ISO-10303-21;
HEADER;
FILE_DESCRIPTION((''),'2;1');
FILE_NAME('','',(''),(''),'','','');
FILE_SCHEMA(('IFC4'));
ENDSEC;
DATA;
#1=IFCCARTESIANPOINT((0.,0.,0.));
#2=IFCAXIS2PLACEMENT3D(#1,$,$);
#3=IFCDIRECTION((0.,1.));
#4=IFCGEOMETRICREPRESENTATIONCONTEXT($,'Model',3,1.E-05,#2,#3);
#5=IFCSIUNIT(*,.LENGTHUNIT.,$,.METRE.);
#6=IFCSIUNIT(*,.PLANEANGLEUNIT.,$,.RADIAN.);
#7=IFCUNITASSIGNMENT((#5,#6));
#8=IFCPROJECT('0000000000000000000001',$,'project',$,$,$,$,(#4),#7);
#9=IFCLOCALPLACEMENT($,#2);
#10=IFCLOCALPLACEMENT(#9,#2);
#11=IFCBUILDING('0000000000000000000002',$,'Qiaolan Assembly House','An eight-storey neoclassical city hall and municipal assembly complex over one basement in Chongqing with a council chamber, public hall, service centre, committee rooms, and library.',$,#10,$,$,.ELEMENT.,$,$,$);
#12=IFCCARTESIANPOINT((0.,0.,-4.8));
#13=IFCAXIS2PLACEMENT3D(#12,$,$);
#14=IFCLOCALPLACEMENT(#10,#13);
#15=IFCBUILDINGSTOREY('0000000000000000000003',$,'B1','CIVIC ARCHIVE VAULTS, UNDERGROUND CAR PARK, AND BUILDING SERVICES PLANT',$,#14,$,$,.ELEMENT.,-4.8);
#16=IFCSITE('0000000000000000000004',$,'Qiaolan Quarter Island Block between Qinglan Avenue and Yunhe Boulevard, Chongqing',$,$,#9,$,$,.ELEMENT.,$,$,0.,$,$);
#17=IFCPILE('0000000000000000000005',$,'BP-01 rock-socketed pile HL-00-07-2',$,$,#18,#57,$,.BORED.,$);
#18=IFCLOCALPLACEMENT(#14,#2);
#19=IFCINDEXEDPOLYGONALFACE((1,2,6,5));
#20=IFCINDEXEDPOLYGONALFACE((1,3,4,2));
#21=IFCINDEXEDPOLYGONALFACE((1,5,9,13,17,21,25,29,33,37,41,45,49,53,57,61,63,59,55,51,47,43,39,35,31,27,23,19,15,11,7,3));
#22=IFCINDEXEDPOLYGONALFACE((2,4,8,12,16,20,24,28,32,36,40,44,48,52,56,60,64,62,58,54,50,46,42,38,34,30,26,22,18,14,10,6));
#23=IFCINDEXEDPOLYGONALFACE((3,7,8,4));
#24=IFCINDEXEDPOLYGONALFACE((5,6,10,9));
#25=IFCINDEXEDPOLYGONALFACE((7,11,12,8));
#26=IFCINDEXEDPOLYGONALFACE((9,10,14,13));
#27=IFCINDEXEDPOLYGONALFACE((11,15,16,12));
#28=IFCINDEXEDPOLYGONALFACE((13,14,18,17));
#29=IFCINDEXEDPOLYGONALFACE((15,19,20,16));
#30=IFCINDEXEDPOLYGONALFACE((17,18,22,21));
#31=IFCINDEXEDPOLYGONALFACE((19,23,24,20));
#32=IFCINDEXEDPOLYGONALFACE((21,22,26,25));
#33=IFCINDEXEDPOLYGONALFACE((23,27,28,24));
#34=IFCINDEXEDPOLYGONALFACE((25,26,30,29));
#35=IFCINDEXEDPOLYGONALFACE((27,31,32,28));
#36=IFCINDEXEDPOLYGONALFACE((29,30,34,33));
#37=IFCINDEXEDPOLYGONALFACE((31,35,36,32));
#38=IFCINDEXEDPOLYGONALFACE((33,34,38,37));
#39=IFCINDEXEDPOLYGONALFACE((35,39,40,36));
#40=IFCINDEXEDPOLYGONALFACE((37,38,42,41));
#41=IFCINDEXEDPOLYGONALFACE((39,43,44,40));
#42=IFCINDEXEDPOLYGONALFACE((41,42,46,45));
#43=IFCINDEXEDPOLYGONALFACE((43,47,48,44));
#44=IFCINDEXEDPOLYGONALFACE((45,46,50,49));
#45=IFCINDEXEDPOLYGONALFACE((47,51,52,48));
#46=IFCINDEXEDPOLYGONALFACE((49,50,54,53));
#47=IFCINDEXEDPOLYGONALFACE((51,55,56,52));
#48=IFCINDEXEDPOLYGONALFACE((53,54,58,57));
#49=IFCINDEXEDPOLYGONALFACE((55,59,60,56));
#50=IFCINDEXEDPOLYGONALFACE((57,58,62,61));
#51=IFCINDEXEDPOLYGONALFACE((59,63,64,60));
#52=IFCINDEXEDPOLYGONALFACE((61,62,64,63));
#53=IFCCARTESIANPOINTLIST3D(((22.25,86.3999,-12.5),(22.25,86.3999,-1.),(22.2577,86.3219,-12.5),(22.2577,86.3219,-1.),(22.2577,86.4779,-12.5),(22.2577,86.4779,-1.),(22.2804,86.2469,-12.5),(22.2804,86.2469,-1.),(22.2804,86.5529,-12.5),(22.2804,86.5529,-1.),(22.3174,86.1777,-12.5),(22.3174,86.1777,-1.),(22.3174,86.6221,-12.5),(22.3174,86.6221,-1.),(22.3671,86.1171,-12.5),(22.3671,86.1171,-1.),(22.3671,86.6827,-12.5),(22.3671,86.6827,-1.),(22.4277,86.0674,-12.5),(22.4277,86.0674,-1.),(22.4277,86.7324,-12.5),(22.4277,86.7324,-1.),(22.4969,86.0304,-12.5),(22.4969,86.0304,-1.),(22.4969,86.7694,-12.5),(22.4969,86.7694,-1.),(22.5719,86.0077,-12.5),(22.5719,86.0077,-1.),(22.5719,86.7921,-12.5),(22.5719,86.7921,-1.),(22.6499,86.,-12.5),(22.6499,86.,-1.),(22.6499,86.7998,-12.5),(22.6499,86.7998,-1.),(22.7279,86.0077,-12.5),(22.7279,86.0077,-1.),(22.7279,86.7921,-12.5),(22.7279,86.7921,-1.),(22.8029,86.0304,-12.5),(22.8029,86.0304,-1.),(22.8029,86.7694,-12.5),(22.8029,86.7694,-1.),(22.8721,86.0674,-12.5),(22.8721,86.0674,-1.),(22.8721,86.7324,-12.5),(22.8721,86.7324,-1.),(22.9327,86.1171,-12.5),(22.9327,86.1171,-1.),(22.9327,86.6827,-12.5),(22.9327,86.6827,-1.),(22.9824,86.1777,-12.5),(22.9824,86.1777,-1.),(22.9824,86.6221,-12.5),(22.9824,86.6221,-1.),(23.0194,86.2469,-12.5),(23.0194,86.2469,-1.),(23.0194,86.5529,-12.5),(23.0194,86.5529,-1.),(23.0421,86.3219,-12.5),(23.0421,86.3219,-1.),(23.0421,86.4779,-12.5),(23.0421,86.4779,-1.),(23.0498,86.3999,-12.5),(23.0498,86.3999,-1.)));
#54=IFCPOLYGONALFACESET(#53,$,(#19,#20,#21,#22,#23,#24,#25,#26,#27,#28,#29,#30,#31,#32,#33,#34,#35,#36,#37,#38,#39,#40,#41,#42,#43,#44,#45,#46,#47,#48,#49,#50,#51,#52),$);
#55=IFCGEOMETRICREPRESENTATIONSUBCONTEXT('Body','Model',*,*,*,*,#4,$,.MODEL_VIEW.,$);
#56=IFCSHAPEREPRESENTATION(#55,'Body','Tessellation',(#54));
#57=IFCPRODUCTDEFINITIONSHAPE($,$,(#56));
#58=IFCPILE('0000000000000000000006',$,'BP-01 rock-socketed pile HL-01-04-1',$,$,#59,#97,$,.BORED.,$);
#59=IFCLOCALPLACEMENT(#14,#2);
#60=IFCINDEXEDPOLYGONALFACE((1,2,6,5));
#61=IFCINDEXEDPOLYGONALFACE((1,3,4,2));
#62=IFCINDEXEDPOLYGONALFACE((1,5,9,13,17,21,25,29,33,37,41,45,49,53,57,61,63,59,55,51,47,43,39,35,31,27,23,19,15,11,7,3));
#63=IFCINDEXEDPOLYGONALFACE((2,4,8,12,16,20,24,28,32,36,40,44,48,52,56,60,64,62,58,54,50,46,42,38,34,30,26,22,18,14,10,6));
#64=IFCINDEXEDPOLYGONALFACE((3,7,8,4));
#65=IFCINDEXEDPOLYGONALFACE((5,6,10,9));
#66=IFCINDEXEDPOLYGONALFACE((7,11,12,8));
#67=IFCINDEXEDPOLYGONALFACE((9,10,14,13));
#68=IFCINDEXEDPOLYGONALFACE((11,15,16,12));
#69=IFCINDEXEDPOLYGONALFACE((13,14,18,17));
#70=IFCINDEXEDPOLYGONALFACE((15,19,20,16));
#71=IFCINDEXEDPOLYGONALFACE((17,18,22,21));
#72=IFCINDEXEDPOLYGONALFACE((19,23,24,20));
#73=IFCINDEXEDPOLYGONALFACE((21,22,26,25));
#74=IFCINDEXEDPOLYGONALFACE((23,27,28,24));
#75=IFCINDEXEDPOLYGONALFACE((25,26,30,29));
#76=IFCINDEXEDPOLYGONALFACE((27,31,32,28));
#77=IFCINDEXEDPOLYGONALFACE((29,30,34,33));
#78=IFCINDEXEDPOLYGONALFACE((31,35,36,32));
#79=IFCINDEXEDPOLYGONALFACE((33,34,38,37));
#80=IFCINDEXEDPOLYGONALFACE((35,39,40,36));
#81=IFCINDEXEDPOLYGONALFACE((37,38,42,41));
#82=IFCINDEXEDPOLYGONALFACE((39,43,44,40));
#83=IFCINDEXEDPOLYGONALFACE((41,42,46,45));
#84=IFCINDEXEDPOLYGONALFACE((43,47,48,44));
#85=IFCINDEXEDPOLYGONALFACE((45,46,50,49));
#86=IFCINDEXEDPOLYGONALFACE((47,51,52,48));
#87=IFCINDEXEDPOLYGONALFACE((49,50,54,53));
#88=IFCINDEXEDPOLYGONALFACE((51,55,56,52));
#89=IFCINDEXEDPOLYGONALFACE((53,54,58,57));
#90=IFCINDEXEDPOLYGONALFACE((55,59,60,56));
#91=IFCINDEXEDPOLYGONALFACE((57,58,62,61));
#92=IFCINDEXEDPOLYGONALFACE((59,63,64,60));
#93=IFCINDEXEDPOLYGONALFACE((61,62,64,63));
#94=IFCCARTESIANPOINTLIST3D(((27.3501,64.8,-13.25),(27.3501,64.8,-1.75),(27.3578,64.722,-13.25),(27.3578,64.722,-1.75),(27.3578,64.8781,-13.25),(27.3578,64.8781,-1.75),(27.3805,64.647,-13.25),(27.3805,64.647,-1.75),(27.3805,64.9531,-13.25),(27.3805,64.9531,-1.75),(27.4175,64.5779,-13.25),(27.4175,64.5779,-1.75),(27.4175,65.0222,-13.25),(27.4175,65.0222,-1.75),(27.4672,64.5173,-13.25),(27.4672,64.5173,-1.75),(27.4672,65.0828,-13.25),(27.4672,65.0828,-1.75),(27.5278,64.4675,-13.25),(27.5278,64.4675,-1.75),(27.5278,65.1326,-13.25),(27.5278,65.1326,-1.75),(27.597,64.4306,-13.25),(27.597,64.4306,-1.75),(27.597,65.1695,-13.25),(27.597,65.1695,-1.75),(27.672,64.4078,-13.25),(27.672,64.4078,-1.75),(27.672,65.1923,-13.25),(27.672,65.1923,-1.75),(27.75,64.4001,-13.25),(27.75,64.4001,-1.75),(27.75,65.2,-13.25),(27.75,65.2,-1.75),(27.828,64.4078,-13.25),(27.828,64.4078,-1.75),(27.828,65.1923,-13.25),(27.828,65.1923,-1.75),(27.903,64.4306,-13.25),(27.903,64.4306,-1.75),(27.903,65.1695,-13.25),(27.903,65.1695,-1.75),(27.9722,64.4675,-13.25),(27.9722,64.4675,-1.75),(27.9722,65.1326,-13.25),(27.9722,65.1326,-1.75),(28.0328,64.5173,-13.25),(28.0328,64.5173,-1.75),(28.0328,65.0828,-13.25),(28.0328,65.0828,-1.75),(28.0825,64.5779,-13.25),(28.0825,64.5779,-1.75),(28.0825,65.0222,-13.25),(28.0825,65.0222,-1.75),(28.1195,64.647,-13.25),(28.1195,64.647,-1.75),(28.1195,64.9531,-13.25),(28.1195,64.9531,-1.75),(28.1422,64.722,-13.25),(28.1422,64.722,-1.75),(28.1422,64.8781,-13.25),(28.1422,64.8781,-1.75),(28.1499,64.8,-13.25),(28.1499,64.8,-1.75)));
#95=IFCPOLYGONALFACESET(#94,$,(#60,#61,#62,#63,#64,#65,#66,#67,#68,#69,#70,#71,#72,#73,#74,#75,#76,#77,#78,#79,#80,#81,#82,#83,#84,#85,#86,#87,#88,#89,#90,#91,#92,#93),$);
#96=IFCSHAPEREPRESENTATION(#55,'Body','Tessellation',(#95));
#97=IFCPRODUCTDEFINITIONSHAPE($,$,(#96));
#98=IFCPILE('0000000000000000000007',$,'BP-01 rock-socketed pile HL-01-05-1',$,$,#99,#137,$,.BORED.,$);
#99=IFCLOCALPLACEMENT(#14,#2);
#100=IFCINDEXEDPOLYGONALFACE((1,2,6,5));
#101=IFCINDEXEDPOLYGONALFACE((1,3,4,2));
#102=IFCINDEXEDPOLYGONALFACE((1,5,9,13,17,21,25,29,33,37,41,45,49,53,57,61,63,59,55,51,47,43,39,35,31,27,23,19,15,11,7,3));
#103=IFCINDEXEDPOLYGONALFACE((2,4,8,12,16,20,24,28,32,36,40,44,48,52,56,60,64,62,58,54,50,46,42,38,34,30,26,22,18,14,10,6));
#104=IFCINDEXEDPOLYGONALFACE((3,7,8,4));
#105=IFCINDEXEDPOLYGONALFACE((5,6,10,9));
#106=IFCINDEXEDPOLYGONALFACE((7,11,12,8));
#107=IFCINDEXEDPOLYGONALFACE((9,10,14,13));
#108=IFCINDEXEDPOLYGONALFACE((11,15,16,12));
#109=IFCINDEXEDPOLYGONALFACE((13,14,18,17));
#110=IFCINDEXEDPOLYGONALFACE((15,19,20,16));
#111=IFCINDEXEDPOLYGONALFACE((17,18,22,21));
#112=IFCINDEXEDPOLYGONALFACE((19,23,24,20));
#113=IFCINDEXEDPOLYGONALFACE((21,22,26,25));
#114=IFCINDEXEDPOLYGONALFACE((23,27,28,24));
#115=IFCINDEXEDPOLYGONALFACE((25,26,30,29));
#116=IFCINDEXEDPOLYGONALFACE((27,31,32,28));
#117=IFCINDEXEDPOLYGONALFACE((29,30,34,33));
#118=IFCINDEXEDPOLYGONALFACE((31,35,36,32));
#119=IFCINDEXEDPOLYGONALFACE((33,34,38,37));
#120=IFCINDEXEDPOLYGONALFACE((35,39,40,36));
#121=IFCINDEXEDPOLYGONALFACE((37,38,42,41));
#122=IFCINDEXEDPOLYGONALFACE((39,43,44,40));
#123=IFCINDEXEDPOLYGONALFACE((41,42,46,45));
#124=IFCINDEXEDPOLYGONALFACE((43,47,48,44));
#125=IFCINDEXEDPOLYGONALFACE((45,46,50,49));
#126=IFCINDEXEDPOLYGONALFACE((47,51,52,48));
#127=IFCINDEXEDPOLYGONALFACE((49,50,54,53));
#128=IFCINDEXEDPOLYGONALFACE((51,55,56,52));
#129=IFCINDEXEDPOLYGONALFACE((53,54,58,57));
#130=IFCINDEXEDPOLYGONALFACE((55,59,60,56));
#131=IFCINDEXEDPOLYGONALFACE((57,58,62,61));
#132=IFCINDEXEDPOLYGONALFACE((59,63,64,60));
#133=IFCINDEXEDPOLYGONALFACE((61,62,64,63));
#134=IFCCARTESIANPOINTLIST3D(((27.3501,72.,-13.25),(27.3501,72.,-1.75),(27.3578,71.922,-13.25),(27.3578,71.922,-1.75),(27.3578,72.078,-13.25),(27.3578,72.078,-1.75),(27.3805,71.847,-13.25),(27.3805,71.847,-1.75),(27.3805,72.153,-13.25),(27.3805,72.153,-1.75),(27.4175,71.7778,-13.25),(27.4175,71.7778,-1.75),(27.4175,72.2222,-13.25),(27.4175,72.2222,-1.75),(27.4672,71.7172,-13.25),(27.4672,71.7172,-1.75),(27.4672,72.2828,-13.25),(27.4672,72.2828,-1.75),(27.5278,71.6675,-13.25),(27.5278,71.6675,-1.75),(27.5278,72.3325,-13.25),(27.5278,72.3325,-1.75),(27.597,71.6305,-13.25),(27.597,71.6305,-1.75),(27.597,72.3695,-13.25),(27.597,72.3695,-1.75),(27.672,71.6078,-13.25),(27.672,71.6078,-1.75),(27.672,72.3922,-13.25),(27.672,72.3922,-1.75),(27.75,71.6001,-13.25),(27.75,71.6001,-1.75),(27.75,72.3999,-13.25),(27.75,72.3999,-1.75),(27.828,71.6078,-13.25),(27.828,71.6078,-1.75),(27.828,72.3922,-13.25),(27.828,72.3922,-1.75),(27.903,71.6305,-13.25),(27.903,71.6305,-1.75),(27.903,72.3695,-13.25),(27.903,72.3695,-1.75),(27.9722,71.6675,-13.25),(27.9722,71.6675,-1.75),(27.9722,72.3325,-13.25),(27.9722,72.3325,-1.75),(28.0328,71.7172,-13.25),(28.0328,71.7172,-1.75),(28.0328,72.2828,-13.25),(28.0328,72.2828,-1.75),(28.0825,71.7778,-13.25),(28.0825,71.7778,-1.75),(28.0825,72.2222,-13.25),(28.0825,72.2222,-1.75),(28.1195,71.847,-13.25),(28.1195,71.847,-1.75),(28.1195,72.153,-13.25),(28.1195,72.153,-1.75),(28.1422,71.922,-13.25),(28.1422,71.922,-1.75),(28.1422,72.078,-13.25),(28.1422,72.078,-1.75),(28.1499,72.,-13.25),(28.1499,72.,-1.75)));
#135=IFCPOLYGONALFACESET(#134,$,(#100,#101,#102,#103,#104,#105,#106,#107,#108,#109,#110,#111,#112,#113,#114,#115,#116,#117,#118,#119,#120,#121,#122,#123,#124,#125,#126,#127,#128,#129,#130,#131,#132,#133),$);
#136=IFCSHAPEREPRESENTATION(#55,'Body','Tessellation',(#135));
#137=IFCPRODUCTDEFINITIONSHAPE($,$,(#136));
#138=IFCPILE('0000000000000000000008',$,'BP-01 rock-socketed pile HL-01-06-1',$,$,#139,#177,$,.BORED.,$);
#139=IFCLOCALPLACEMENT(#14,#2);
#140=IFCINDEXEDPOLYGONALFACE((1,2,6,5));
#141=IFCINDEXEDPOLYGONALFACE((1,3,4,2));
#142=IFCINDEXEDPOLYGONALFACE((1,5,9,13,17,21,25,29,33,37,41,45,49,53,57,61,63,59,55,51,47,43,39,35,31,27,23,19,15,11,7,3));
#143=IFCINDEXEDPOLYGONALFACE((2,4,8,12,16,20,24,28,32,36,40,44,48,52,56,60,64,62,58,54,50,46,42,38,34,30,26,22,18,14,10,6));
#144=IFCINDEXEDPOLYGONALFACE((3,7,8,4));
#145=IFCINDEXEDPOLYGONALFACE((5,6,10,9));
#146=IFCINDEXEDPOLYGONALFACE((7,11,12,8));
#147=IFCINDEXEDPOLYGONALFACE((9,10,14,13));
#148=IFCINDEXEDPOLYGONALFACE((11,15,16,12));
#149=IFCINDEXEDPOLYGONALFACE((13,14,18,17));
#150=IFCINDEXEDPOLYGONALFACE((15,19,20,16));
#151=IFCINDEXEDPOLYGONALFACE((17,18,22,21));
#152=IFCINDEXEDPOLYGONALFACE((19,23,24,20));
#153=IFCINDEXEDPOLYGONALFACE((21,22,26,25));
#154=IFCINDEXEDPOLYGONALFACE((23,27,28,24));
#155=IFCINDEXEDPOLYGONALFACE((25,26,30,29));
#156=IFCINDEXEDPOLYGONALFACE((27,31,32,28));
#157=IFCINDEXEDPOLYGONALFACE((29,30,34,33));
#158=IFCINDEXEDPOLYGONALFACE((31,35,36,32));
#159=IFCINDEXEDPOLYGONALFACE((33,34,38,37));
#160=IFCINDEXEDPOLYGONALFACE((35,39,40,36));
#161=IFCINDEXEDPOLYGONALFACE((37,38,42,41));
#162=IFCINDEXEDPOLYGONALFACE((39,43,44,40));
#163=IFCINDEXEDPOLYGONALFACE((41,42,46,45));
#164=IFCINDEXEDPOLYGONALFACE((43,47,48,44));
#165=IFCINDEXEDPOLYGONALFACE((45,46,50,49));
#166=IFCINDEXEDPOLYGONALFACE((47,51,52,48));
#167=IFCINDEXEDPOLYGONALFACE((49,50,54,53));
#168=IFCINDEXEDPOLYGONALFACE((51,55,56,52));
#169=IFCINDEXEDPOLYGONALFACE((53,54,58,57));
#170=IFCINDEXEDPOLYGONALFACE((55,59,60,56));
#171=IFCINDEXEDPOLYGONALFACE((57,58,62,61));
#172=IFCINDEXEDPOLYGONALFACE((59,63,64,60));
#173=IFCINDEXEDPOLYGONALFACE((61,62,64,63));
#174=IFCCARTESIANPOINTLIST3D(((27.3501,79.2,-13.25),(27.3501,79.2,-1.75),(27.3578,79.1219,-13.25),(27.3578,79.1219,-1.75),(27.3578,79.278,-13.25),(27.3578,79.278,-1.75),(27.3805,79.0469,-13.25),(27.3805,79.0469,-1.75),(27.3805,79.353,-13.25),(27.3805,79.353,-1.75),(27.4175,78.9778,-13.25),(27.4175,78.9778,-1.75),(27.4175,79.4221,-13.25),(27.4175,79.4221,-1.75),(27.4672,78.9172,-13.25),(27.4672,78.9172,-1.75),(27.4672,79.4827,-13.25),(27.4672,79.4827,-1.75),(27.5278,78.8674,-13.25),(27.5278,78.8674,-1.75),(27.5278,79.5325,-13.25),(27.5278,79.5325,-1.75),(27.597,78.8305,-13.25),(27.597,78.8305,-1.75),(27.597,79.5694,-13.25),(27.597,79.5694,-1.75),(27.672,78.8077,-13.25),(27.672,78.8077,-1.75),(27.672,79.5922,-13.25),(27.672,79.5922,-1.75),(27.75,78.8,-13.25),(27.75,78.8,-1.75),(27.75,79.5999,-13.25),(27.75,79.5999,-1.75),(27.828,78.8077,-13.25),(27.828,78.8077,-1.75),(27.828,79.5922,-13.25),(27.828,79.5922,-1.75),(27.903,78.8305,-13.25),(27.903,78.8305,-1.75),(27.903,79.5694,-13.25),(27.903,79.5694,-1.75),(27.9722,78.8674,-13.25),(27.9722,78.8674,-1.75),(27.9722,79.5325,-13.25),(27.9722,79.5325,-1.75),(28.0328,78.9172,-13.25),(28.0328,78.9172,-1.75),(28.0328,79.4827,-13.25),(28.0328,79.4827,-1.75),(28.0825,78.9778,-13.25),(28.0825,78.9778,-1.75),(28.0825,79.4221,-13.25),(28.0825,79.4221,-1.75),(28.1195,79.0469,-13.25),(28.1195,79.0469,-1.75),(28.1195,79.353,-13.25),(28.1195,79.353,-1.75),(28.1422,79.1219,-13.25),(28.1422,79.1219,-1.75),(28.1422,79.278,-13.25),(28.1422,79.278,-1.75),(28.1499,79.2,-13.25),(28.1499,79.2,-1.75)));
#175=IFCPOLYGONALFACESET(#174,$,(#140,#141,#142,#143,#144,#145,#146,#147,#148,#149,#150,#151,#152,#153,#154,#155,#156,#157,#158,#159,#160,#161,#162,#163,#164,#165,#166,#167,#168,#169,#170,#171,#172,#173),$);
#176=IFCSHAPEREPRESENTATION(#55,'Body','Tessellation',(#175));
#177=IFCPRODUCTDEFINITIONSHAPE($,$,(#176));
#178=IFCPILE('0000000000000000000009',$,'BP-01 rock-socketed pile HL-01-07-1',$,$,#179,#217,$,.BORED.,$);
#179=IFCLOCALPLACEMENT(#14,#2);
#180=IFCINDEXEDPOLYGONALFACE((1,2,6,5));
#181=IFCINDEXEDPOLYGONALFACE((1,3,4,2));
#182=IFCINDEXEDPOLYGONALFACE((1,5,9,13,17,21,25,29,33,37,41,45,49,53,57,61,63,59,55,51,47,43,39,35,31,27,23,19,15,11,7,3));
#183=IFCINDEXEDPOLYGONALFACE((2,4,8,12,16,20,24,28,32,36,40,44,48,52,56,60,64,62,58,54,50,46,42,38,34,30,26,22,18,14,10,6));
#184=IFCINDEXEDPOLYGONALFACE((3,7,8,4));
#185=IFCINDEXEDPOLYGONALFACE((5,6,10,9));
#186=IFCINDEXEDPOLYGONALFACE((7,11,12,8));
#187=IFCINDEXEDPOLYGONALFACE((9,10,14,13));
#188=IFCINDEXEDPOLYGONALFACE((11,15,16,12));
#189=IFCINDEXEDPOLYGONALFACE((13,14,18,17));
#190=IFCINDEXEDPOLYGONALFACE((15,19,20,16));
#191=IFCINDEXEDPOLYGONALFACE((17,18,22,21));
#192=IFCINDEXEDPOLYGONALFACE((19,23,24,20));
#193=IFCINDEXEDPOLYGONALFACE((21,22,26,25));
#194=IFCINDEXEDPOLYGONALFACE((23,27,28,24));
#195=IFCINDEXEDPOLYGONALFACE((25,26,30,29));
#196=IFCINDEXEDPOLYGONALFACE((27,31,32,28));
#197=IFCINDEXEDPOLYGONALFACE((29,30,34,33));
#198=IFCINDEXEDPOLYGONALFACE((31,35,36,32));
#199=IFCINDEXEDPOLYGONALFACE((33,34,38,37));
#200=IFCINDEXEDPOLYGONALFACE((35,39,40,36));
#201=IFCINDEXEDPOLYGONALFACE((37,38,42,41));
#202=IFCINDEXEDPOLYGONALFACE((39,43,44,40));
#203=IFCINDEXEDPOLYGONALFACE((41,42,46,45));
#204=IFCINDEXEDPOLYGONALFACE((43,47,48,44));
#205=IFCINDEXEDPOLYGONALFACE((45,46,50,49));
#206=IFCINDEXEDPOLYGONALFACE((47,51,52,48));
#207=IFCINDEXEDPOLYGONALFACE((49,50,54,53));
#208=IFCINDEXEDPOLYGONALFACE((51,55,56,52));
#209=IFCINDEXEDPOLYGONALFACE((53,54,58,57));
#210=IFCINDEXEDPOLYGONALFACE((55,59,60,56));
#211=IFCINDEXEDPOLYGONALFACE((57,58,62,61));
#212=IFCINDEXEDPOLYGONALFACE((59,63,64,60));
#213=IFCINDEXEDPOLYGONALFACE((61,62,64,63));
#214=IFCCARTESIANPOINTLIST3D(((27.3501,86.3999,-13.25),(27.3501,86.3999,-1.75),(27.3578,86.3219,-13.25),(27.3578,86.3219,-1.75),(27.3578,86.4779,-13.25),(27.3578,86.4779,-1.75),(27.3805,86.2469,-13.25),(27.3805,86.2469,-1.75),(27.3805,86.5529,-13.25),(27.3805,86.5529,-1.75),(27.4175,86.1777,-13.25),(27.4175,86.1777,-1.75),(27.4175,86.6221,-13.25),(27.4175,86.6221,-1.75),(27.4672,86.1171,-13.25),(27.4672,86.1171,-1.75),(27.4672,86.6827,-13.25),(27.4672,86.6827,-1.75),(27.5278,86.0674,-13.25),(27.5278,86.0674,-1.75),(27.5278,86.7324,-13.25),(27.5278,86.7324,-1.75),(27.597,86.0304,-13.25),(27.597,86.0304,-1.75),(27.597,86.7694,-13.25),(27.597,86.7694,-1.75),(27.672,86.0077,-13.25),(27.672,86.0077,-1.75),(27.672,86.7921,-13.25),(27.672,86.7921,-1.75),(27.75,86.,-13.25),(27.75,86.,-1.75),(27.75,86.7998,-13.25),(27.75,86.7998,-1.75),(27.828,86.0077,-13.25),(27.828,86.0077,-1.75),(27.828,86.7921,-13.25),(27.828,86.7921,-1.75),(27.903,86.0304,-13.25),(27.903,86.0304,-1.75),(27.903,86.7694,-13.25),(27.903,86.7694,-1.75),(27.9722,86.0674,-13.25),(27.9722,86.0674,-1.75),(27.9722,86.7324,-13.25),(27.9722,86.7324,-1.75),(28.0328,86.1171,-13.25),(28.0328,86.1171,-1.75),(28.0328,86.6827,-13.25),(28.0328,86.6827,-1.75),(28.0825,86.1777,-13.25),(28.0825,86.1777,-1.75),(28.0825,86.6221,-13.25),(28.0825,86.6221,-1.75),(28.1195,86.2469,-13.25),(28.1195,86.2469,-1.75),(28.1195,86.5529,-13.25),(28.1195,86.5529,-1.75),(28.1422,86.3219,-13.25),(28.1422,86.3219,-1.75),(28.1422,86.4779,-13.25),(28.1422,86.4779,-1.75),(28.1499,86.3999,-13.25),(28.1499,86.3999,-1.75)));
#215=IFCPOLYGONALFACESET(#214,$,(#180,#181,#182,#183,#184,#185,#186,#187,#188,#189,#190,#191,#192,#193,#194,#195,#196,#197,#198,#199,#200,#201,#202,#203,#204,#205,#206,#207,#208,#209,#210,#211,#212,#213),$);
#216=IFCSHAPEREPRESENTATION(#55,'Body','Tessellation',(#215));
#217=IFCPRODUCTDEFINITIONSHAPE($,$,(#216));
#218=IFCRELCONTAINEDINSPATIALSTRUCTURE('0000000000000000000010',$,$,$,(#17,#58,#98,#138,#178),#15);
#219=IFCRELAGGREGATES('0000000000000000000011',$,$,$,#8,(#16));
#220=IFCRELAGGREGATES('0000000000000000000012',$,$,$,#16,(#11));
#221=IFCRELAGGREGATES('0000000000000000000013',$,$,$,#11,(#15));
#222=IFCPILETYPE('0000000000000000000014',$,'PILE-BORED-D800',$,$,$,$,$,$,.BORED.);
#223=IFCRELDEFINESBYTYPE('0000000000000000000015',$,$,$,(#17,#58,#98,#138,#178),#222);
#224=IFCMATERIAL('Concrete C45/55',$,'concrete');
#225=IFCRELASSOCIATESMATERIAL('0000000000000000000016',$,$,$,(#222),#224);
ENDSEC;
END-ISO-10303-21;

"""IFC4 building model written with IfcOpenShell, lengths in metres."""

from ifc_helpers import new_model, si_unit, direction, frame, origin, origin_2d, place, context, subcontext, project, spatial, circle, extrude, material, material_profile, profile_set, type_object, element, save


model = new_model("IFC4")

# Units and contexts
model_context = context("Model", 3, precision=1e-05, world=origin(), true_north=direction((0.0, 1.0)))
body_context = subcontext(model_context, "Body", "Model", "MODEL_VIEW")
ifc_project = project(units=[si_unit("LENGTHUNIT", "METRE"), si_unit("PLANEANGLEUNIT", "RADIAN")], contexts=[model_context])

# Site, building, storey
site_placement = place(None, origin())
site = spatial("IfcSite", under=ifc_project, at=site_placement, Name="Qiaolan Quarter Island Block between Qinglan Avenue and Yunhe Boulevard, Chongqing", CompositionType="ELEMENT", RefElevation=0.0)
building_placement = place(site_placement, origin())
building = spatial("IfcBuilding", under=site, at=building_placement, Name="Qiaolan Assembly House", Description="An eight-storey neoclassical city hall and municipal assembly complex over one basement in Chongqing with a council chamber, public hall, service centre, committee rooms, and library.", CompositionType="ELEMENT")
storey_placement = place(building_placement, frame((0.0, 0.0, -4.8)))
storey = spatial("IfcBuildingStorey", under=building, at=storey_placement, Name="B1", Description="CIVIC ARCHIVE VAULTS, UNDERGROUND CAR PARK, AND BUILDING SERVICES PLANT", CompositionType="ELEMENT", Elevation=-4.8)

# Piles
ifc_material_1 = material(Name="Concrete C45/55", Category="concrete")
ifc_material_profile_1 = material_profile(ifc_material_1, circle(Radius=0.3999, at=origin_2d()), Name="PILE D800")
ifc_profile_set_1 = profile_set([ifc_material_profile_1], Name="Concrete C45/55")
pile_type = type_object("IfcPileType", Name="PILE-BORED-D800", PredefinedType="BORED", material=ifc_profile_set_1)
for number, where, z_axis, x_axis, name in (
    (1, (22.6499, 86.3999, -1.0), (0.0, 0.0, -1.0), (1.0, 0.0, 0.0), "BP-01 rock-socketed pile HL-00-07-2"),
    (2, (27.75, 64.8, -1.75), (0.0, 0.0, -1.0), (1.0, 0.0, 0.0), "BP-01 rock-socketed pile HL-01-04-1"),
    (3, (27.75, 72.0, -1.75), (0.0, 0.0, -1.0), (1.0, 0.0, 0.0), "BP-01 rock-socketed pile HL-01-05-1"),
    (4, (27.75, 79.2, -1.75), (0.0, 0.0, -1.0), (1.0, 0.0, 0.0), "BP-01 rock-socketed pile HL-01-06-1"),
    (5, (27.75, 86.3999, -1.75), (0.0, 0.0, -1.0), (1.0, 0.0, 0.0), "BP-01 rock-socketed pile HL-01-07-1"),
):
    element("IfcPile", number, at=place(storey_placement, frame(where, z_axis=z_axis, x_axis=x_axis)), inside=storey, type_object=pile_type, Name=name, PredefinedType="BORED", context=body_context, shape_type="SweptSolid", body=[
        extrude(circle(Radius=0.3999, at=origin_2d()), origin(), (0.0, 0.0, 1.0), 11.5),
    ])

save(model, "model.ifc")
